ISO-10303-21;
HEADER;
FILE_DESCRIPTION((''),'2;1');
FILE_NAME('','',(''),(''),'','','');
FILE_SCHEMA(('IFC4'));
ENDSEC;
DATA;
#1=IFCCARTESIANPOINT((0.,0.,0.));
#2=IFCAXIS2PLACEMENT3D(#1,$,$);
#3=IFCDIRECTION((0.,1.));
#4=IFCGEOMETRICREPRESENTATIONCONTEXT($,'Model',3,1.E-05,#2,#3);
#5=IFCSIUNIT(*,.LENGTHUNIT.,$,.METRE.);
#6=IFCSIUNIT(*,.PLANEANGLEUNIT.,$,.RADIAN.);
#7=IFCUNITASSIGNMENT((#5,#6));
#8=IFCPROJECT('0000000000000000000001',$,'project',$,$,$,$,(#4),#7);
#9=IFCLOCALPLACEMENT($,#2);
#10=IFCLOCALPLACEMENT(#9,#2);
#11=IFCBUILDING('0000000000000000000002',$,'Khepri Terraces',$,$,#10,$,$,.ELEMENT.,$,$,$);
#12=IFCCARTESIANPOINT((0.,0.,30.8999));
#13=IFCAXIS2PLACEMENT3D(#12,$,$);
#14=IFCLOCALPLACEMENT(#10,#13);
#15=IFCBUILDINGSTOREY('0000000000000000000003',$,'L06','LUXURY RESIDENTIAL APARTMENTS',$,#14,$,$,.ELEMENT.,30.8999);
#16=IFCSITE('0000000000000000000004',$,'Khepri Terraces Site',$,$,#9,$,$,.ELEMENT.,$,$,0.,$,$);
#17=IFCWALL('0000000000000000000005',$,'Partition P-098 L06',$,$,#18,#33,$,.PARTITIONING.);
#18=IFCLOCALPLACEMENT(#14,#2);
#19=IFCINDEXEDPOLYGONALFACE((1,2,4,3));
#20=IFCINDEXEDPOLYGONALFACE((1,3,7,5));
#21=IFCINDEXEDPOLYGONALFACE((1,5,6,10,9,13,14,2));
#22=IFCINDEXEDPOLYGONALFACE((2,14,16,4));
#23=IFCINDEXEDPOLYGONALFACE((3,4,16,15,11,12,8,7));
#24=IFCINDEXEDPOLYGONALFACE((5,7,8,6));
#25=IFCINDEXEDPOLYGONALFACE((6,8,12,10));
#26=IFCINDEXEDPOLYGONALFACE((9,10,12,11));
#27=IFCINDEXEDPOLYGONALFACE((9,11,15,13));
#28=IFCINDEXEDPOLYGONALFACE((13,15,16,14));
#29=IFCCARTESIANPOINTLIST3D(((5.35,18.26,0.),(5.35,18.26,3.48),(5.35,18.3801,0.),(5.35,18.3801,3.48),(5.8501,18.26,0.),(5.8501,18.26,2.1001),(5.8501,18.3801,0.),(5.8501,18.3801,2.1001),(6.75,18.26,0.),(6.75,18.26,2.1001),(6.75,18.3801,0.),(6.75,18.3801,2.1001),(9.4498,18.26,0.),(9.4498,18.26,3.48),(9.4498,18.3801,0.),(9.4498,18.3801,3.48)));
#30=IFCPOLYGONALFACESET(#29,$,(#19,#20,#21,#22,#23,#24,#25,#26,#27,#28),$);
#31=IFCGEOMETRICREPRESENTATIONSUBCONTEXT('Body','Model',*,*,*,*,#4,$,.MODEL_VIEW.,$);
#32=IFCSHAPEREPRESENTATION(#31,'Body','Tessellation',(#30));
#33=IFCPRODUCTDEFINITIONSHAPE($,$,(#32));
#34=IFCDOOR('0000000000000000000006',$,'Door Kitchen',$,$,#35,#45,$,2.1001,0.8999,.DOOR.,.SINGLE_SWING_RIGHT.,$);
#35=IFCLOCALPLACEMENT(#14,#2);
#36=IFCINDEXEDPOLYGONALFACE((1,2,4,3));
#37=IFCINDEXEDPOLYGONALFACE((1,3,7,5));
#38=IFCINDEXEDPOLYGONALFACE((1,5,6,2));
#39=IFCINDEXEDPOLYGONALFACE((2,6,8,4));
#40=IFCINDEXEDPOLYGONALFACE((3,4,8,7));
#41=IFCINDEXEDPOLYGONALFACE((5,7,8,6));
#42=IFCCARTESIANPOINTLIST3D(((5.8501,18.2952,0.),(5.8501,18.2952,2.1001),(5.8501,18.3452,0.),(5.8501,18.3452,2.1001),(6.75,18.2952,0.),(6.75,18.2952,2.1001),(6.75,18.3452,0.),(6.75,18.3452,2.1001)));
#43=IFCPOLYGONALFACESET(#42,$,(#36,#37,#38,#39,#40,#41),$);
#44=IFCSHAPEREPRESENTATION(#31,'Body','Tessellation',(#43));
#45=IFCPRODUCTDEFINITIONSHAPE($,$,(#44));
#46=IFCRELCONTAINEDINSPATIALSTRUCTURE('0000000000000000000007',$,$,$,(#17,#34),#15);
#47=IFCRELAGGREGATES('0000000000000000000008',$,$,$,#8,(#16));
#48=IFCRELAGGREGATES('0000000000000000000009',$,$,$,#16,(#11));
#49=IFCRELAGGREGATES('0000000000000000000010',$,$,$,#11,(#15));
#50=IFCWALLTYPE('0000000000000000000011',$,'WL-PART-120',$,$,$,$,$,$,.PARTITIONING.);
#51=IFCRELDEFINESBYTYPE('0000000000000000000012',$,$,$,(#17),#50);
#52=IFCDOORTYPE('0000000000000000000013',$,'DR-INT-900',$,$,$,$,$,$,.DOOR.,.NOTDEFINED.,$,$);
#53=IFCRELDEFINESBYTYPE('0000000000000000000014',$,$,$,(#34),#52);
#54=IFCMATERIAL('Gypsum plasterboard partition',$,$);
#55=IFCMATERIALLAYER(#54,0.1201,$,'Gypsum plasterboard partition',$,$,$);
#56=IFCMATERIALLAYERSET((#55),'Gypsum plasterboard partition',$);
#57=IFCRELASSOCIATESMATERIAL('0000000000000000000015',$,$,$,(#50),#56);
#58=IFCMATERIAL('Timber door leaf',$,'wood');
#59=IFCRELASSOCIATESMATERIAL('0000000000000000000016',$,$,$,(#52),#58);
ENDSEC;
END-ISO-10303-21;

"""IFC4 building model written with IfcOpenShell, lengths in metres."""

from ifc_helpers import new_model, si_unit, direction, frame, frame_2d, origin, place, context, subcontext, project, spatial, rectangle, extrude, material, layer, layer_set, type_object, element, fill, save


model = new_model("IFC4")

# Units and contexts
model_context = context("Model", 3, precision=1e-05, world=origin(), true_north=direction((0.0, 1.0)))
body_context = subcontext(model_context, "Body", "Model", "MODEL_VIEW")
ifc_project = project(units=[si_unit("LENGTHUNIT", "METRE"), si_unit("PLANEANGLEUNIT", "RADIAN")], contexts=[model_context])

# Site, building, storey
site_placement = place(None, origin())
site = spatial("IfcSite", under=ifc_project, at=site_placement, Name="Khepri Terraces Site", CompositionType="ELEMENT", RefElevation=0.0)
building_placement = place(site_placement, origin())
building = spatial("IfcBuilding", under=site, at=building_placement, Name="Khepri Terraces", CompositionType="ELEMENT")
storey_placement = place(building_placement, frame((0.0, 0.0, 30.8999)))
storey = spatial("IfcBuildingStorey", under=building, at=storey_placement, Name="L06", Description="LUXURY RESIDENTIAL APARTMENTS", CompositionType="ELEMENT", Elevation=30.8999)

# Shared definitions
ifc_material_1 = material(Name="Gypsum plasterboard partition")
ifc_layer_1 = layer(ifc_material_1, 0.1201, Name="Gypsum plasterboard partition")
ifc_layer_set_1 = layer_set([ifc_layer_1], Name="Gypsum plasterboard partition")
wall_type_1 = type_object("IfcWallType", Name="WL-PART-120", PredefinedType="PARTITIONING", material=ifc_layer_set_1)

# Shared definitions
ifc_material_2 = material(Name="Timber door leaf", Category="wood")
door_type_1 = type_object("IfcDoorType", Name="DR-INT-900", OperationType="NOTDEFINED", PredefinedType="DOOR", material=ifc_material_2)

# Wall, opening, door
wall_1_placement = place(storey_placement, frame((5.3501, 18.3201, 0.0), z_axis=(0.0, 0.0, 1.0), x_axis=(1.0, 0.0, 0.0)))
wall_1 = element("IfcWall", 1, at=wall_1_placement, inside=storey, type_object=wall_type_1, Name="Partition P-098 L06", PredefinedType="PARTITIONING", context=body_context, shape_type="SweptSolid", body=[
    extrude(rectangle(XDim=4.0999, YDim=0.1201, at=frame_2d((2.0498, 0.0))), origin(), (0.0, 0.0, 1.0), 3.48),
])
opening_1_placement = place(wall_1_placement, frame((0.5, 0.0, 0.0)))
opening_1 = element("IfcOpeningElement", 2, at=opening_1_placement, cuts=wall_1, PredefinedType="OPENING", context=body_context, shape_type="SweptSolid", body=[
    extrude(rectangle(XDim=0.8999, YDim=2.1001, at=frame_2d((0.45, 1.05))), frame((0.0, 0.0701, 0.0), z_axis=(0.0, -1.0, 0.0), x_axis=(1.0, 0.0, 0.0)), (0.0, 0.0, 1.0), 0.1401),
])
door_1_placement = place(opening_1_placement, frame((0.8999, 0.0, 0.0), z_axis=(0.0, 0.0, 1.0), x_axis=(-1.0, 0.0, 0.0)))
door_1 = element("IfcDoor", 3, at=door_1_placement, inside=storey, type_object=door_type_1, Name="Door Kitchen", OperationType="SINGLE_SWING_RIGHT", OverallHeight=2.1001, OverallWidth=0.8999, PredefinedType="DOOR", context=body_context, shape_type="SweptSolid", body=[
    extrude(rectangle(XDim=0.8999, YDim=2.1001, at=frame_2d((0.45, 1.05))), frame((0.0, 0.0249, 0.0), z_axis=(0.0, -1.0, 0.0), x_axis=(1.0, 0.0, 0.0)), (0.0, 0.0, 1.0), 0.05),
])
fill(opening_1, door_1)

save(model, "model.ifc")
